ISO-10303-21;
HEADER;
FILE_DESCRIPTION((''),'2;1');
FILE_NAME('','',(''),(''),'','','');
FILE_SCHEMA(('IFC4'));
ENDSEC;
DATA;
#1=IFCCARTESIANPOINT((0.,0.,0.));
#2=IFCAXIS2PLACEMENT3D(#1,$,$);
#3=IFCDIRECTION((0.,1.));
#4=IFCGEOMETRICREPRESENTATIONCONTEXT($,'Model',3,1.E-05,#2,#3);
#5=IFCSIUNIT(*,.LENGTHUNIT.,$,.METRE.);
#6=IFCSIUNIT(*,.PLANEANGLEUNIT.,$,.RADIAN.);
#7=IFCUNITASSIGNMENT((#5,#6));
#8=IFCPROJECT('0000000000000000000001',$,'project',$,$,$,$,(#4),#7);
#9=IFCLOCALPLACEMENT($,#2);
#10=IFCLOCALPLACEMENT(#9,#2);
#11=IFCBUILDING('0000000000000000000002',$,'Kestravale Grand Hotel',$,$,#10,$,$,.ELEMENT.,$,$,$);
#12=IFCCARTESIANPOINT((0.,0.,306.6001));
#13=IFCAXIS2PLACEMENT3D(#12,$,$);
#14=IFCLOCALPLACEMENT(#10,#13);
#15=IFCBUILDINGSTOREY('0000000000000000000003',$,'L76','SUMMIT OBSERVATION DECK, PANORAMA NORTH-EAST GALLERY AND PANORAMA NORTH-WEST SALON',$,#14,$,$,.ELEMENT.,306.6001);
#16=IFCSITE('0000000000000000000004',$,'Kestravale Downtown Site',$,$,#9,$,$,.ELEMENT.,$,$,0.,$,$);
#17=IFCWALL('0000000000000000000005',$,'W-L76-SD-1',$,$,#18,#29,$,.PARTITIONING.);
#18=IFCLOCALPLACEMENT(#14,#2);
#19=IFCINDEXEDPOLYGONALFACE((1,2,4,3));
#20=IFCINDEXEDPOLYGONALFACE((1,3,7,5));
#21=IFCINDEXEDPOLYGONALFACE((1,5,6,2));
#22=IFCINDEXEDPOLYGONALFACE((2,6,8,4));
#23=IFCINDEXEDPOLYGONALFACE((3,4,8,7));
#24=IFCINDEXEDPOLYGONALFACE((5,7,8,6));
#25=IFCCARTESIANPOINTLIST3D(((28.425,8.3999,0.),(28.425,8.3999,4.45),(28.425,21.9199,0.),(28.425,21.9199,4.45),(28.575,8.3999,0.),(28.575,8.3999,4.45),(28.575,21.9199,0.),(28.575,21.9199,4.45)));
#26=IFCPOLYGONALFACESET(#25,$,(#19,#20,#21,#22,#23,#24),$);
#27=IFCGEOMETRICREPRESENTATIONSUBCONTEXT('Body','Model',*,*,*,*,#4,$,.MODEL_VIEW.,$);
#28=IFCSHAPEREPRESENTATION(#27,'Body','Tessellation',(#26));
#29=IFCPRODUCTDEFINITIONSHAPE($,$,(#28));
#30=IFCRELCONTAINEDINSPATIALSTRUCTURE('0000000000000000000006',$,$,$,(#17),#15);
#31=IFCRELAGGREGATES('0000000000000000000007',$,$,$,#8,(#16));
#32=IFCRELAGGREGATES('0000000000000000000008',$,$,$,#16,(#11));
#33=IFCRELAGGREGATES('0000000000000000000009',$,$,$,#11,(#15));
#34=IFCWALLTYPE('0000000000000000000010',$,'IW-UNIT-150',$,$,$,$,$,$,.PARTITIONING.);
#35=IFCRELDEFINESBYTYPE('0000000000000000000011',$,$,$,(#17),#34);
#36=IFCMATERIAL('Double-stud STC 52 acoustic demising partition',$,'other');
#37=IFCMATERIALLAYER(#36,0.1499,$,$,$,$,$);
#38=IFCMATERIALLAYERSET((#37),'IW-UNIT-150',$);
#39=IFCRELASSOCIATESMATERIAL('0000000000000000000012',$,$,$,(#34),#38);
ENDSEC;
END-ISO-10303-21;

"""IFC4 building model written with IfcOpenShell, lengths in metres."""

from ifc_helpers import new_model, si_unit, direction, frame, frame_2d, origin, place, context, subcontext, project, spatial, rectangle, extrude, material, layer, layer_set, type_object, element, save


model = new_model("IFC4")

# Units and contexts
model_context = context("Model", 3, precision=1e-05, world=origin(), true_north=direction((0.0, 1.0)))
body_context = subcontext(model_context, "Body", "Model", "MODEL_VIEW")
ifc_project = project(units=[si_unit("LENGTHUNIT", "METRE"), si_unit("PLANEANGLEUNIT", "RADIAN")], contexts=[model_context])

# Site, building, storey
site_placement = place(None, origin())
site = spatial("IfcSite", under=ifc_project, at=site_placement, Name="Kestravale Downtown Site", CompositionType="ELEMENT", RefElevation=0.0)
building_placement = place(site_placement, origin())
building = spatial("IfcBuilding", under=site, at=building_placement, Name="Kestravale Grand Hotel", CompositionType="ELEMENT")
storey_placement = place(building_placement, frame((0.0, 0.0, 306.6001)))
storey = spatial("IfcBuildingStorey", under=building, at=storey_placement, Name="L76", Description="SUMMIT OBSERVATION DECK, PANORAMA NORTH-EAST GALLERY AND PANORAMA NORTH-WEST SALON", CompositionType="ELEMENT", Elevation=306.6001)

# Wall
ifc_material_1 = material(Name="Double-stud STC 52 acoustic demising partition", Category="other")
ifc_layer_1 = layer(ifc_material_1, 0.1499)
ifc_layer_set_1 = layer_set([ifc_layer_1], Name="IW-UNIT-150")
wall_type_1 = type_object("IfcWallType", Name="IW-UNIT-150", PredefinedType="PARTITIONING", material=ifc_layer_set_1)
wall_1_placement = place(storey_placement, frame((28.5, 8.3999, 0.0), z_axis=(0.0, 0.0, 1.0), x_axis=(0.0, 1.0, 0.0)))
element("IfcWall", 1, at=wall_1_placement, inside=storey, type_object=wall_type_1, Name="W-L76-SD-1", PredefinedType="PARTITIONING", context=body_context, shape_type="SweptSolid", body=[
    extrude(rectangle(XDim=13.52, YDim=0.1499, at=frame_2d((6.76, 0.0))), origin(), (0.0, 0.0, 1.0), 4.45),
])

save(model, "model.ifc")
